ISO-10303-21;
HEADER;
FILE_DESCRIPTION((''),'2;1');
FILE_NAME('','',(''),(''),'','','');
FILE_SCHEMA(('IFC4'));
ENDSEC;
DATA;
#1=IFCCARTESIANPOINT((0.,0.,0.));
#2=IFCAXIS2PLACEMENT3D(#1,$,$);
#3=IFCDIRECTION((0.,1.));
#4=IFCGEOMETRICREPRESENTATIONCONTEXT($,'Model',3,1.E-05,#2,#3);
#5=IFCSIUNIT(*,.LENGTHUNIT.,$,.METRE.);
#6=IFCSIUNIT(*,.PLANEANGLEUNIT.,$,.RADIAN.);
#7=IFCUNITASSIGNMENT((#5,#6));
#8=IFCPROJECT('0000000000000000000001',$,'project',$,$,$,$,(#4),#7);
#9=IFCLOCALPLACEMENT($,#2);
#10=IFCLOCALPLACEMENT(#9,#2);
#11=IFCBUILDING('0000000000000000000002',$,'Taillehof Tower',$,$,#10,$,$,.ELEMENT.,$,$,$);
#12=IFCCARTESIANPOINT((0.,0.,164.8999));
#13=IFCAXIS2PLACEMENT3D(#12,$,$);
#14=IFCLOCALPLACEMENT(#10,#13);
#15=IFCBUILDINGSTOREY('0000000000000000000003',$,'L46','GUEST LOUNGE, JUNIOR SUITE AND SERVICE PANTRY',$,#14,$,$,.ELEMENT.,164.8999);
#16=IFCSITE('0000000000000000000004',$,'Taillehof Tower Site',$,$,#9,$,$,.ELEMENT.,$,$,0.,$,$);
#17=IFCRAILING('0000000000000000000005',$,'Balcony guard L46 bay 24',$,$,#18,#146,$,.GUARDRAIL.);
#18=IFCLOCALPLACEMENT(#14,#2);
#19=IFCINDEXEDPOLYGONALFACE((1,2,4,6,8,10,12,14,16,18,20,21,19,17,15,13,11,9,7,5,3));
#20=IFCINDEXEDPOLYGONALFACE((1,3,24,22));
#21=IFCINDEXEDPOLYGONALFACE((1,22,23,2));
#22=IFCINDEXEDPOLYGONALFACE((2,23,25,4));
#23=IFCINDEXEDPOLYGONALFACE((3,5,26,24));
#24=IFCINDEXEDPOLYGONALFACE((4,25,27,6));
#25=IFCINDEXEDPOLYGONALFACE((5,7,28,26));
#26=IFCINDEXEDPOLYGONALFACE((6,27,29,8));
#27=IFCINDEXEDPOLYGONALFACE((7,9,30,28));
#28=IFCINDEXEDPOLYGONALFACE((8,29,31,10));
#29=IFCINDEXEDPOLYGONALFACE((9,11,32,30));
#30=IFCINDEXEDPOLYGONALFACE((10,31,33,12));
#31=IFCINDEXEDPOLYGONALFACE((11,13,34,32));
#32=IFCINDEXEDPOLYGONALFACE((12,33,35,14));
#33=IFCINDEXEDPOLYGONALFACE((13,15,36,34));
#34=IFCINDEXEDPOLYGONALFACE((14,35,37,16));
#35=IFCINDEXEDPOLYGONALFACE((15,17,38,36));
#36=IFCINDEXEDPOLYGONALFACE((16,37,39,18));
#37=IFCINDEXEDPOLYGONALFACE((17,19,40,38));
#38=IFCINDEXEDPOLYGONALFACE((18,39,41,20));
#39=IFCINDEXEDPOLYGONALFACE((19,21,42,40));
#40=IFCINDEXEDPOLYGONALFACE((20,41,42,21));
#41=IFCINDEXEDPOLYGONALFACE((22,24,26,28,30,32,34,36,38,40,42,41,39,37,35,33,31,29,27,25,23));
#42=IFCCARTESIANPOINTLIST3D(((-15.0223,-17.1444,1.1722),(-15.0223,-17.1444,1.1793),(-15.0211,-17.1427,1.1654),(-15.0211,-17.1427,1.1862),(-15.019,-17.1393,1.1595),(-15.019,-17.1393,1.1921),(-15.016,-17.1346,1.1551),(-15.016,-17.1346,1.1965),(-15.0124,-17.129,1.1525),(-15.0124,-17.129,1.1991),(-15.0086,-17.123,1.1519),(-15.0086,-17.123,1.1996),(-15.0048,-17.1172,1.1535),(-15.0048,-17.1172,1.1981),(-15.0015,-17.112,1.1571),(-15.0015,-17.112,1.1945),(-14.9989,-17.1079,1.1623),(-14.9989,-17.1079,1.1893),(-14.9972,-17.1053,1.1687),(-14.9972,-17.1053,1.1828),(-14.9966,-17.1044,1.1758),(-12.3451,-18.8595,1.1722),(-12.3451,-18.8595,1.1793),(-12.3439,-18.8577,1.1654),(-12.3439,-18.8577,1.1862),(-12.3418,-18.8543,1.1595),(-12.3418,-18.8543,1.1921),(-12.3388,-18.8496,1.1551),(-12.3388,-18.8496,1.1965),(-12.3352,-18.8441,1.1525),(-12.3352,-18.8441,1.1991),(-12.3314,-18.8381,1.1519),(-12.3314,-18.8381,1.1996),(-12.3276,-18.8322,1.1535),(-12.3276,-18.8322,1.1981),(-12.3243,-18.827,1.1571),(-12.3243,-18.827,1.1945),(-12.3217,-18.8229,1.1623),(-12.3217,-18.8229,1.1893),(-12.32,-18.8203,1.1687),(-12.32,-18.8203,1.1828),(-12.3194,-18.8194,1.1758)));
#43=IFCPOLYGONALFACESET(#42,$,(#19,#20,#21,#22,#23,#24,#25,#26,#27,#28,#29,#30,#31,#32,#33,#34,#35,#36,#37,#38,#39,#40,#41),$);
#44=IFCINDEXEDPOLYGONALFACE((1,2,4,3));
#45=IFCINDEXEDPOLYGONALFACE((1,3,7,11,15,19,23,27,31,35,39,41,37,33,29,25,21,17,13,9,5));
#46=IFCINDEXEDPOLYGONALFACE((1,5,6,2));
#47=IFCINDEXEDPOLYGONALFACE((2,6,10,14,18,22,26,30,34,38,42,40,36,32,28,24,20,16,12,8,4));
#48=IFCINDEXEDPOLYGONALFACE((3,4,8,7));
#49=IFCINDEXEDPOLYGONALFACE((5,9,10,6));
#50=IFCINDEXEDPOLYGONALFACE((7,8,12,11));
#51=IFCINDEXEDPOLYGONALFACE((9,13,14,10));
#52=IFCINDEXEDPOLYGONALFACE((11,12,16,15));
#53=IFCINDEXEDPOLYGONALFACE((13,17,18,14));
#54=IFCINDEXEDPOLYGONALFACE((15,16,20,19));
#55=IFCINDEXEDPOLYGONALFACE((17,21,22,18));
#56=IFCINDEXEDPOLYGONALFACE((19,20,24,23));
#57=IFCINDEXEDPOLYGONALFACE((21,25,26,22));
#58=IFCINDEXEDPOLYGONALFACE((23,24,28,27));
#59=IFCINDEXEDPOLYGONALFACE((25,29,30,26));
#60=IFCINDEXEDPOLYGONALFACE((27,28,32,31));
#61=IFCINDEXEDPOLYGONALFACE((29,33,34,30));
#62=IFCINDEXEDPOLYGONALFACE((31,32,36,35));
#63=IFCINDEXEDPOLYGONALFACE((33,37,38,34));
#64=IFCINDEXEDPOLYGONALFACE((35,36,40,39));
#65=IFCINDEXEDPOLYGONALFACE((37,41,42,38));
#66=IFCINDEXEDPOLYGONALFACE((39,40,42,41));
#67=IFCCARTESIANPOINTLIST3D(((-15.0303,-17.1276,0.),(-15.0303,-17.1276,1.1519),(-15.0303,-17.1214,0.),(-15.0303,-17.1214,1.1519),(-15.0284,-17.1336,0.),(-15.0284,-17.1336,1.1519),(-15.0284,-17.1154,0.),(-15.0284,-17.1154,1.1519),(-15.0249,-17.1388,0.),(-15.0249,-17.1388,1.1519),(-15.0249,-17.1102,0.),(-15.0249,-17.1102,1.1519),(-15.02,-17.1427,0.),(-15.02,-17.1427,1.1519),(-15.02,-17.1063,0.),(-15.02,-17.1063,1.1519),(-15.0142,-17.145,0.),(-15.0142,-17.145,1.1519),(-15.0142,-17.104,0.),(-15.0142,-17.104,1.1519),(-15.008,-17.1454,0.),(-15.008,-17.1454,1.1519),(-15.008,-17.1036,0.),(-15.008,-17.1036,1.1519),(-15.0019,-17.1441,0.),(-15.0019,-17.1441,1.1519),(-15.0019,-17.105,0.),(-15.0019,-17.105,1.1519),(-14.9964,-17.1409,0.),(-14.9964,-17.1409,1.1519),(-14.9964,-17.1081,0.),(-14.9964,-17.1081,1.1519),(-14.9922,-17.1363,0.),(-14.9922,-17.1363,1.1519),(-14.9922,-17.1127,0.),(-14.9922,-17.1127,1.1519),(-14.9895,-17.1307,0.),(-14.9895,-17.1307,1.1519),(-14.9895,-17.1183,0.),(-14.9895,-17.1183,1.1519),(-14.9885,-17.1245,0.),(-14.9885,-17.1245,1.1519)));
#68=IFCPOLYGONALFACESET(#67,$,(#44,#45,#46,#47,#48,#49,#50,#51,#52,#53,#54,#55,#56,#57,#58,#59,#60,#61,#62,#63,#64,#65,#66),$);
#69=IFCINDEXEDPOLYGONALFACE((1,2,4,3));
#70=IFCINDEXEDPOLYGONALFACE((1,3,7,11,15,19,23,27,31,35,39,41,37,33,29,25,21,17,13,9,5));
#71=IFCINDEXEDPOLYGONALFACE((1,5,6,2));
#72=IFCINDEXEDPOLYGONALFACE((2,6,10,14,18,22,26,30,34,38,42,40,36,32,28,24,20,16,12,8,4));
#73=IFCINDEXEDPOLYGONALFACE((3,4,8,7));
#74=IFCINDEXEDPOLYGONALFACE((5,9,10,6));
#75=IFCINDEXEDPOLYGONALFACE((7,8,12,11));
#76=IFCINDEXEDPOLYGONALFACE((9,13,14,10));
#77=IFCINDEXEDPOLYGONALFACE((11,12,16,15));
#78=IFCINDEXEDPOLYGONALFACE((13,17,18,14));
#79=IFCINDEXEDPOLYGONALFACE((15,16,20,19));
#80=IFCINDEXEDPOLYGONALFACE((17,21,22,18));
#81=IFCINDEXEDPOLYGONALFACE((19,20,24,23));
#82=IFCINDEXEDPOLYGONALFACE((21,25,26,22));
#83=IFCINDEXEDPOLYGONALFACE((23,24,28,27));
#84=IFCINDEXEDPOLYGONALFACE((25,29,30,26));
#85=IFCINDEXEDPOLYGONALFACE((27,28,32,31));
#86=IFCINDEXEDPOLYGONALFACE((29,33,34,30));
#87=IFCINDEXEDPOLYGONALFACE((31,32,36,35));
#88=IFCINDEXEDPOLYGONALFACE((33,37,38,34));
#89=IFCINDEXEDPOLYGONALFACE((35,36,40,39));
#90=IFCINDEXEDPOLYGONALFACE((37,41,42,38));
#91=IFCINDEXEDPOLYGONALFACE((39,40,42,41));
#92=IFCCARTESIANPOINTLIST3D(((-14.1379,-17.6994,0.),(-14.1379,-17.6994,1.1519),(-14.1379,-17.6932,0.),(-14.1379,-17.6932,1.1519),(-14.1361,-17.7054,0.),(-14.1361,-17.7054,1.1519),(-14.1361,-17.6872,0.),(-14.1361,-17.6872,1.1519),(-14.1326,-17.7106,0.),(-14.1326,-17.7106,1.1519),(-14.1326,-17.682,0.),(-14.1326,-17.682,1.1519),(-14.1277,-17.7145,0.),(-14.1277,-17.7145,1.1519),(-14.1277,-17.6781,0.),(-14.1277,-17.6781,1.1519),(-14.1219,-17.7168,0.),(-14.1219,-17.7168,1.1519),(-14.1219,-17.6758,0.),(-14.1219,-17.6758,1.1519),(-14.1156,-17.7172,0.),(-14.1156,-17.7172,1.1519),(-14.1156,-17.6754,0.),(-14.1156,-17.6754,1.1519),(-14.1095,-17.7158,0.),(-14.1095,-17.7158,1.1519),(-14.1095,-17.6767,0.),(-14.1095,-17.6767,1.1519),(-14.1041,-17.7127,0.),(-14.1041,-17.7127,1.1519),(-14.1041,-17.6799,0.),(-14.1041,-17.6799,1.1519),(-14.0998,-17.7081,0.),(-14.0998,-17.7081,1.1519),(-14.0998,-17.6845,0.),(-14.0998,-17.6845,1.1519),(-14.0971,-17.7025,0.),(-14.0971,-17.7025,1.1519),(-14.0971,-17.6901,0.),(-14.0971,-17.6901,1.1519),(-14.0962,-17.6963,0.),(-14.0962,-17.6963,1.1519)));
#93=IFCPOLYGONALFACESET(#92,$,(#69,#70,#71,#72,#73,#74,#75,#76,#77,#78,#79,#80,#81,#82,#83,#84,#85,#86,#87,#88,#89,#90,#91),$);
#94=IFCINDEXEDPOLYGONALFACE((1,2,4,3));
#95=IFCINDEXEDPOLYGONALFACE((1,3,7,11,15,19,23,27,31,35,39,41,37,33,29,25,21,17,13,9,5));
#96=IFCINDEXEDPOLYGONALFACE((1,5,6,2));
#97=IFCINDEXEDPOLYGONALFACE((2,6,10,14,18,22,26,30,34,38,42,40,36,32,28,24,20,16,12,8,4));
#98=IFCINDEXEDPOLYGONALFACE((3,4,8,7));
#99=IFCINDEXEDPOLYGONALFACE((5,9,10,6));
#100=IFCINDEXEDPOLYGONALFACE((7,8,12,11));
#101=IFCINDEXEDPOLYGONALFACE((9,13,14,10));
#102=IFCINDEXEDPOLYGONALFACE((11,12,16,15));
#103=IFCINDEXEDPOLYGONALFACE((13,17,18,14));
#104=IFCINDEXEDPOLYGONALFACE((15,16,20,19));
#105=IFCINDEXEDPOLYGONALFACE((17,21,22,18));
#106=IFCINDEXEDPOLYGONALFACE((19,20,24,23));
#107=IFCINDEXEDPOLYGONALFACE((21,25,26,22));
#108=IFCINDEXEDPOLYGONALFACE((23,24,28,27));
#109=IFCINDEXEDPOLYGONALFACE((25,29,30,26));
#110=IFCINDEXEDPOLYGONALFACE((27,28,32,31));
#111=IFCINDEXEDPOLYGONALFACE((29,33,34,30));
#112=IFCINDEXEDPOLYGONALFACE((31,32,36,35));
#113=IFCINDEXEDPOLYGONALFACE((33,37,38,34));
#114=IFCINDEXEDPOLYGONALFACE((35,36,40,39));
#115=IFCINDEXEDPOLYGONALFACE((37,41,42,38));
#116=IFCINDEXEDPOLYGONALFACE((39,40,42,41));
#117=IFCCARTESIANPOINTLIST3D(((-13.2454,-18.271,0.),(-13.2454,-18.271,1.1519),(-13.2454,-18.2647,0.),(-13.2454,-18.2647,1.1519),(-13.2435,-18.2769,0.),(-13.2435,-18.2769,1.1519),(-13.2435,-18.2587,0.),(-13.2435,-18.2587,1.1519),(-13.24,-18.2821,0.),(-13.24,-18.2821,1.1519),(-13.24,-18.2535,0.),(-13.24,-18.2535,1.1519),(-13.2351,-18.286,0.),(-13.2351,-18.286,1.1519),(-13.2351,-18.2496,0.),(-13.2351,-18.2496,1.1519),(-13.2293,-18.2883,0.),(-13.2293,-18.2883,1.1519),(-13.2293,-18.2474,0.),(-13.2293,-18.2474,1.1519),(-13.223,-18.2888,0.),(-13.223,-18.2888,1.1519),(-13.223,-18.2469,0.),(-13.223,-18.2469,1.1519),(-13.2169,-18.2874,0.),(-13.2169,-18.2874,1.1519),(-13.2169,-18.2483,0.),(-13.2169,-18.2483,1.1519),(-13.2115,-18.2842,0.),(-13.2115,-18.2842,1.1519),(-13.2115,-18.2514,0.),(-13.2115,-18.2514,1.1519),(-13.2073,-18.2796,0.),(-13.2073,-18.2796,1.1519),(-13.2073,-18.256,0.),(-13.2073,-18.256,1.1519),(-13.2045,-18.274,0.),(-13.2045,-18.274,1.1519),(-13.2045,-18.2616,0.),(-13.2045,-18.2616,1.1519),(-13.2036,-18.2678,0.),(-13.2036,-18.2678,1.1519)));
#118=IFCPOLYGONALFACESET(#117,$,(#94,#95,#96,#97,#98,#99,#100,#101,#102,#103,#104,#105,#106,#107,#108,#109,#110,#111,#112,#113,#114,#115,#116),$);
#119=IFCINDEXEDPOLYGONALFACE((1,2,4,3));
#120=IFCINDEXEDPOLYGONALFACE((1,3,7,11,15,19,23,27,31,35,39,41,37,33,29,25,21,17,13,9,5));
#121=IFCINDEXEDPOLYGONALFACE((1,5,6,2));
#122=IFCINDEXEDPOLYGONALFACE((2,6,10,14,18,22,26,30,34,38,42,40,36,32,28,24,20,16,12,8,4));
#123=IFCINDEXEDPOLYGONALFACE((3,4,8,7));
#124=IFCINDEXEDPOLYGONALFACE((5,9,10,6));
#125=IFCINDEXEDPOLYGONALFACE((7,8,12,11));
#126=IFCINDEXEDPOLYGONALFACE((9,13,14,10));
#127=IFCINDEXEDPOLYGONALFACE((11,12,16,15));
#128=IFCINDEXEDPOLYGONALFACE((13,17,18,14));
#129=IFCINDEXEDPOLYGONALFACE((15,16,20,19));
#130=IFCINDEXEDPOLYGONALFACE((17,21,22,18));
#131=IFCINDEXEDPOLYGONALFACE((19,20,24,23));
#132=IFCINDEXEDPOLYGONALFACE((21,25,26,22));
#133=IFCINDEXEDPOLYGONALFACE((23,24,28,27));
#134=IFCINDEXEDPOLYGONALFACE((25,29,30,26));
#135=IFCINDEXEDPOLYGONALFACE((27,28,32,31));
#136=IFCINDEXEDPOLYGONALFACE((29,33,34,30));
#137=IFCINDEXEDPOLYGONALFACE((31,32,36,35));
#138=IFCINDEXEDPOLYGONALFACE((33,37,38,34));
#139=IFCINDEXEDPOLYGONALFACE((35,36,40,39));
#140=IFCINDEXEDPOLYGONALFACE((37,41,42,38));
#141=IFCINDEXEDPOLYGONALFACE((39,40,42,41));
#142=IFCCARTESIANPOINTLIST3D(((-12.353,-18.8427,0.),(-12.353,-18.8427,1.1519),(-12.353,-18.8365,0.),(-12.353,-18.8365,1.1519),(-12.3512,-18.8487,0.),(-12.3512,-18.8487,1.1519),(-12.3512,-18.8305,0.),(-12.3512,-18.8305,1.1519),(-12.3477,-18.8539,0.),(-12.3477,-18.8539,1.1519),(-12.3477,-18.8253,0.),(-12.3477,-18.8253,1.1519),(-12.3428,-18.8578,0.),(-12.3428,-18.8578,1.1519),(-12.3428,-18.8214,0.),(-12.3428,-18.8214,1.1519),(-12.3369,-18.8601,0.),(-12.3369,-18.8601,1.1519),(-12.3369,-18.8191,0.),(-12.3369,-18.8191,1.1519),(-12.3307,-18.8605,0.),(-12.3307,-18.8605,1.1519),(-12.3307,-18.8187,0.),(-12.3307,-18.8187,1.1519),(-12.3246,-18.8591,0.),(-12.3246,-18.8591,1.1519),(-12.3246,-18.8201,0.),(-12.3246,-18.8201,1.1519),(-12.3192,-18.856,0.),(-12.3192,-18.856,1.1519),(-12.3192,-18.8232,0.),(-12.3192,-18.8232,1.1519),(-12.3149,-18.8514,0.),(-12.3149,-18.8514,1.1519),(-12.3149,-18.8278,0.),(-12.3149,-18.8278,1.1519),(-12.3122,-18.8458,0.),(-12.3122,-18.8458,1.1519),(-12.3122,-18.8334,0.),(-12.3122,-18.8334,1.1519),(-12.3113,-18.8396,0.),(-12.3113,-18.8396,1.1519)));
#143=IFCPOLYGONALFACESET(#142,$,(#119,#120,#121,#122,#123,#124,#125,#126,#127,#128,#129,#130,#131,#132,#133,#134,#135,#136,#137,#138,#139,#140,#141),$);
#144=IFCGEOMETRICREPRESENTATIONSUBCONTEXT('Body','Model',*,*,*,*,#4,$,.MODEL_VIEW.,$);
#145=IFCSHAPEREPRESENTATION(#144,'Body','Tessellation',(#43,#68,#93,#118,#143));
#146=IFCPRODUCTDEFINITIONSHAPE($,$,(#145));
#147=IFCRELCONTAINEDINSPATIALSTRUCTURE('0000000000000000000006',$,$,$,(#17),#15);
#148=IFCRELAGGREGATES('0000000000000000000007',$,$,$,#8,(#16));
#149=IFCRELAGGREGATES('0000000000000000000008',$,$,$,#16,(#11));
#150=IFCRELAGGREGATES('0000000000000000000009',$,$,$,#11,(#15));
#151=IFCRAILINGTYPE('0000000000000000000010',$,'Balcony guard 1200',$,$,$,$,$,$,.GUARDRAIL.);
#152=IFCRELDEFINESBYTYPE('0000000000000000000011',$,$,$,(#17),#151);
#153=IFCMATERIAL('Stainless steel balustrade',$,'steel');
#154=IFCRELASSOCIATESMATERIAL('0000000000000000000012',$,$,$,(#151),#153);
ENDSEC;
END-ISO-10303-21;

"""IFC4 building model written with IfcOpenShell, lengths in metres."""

from ifc_helpers import new_model, si_unit, direction, frame, origin, origin_2d, place, context, subcontext, project, spatial, circle, extrude, material, type_object, element, save


model = new_model("IFC4")

# Units and contexts
model_context = context("Model", 3, precision=1e-05, world=origin(), true_north=direction((0.0, 1.0)))
body_context = subcontext(model_context, "Body", "Model", "MODEL_VIEW")
ifc_project = project(units=[si_unit("LENGTHUNIT", "METRE"), si_unit("PLANEANGLEUNIT", "RADIAN")], contexts=[model_context])

# Site, building, storey
site_placement = place(None, origin())
site = spatial("IfcSite", under=ifc_project, at=site_placement, Name="Taillehof Tower Site", CompositionType="ELEMENT", RefElevation=0.0)
building_placement = place(site_placement, origin())
building = spatial("IfcBuilding", under=site, at=building_placement, Name="Taillehof Tower", CompositionType="ELEMENT")
storey_placement = place(building_placement, frame((0.0, 0.0, 164.8999)))
storey = spatial("IfcBuildingStorey", under=building, at=storey_placement, Name="L46", Description="GUEST LOUNGE, JUNIOR SUITE AND SERVICE PANTRY", CompositionType="ELEMENT", Elevation=164.8999)

# Railing
ifc_material_1 = material(Name="Stainless steel balustrade", Category="steel")
railing_type = type_object("IfcRailingType", Name="Balcony guard 1200", PredefinedType="GUARDRAIL", material=ifc_material_1)
railing_placement = place(storey_placement, frame((-15.0095, -17.1245, 0.0)))
element("IfcRailing", 1, at=railing_placement, inside=storey, type_object=railing_type, Name="Balcony guard L46 bay 24", PredefinedType="GUARDRAIL", context=body_context, shape_type="SweptSolid", body=[
    extrude(circle(Radius=0.0239, at=origin_2d()), frame((0.0, 0.0, 1.1758), z_axis=(0.842036, -0.539422, 0.0), x_axis=(0.539422, 0.842036, 0.0)), (0.0, 0.0, 1.0), 3.1794),
    extrude(circle(Radius=0.021, at=origin_2d()), origin(), (0.0, 0.0, 1.0), 1.1519),
    extrude(circle(Radius=0.021, at=origin_2d()), frame((0.8923, -0.5718, 0.0)), (0.0, 0.0, 1.0), 1.1519),
    extrude(circle(Radius=0.021, at=origin_2d()), frame((1.7849, -1.1433, 0.0)), (0.0, 0.0, 1.0), 1.1519),
    extrude(circle(Radius=0.021, at=origin_2d()), frame((2.6772, -1.7151, 0.0)), (0.0, 0.0, 1.0), 1.1519),
])

save(model, "model.ifc")
